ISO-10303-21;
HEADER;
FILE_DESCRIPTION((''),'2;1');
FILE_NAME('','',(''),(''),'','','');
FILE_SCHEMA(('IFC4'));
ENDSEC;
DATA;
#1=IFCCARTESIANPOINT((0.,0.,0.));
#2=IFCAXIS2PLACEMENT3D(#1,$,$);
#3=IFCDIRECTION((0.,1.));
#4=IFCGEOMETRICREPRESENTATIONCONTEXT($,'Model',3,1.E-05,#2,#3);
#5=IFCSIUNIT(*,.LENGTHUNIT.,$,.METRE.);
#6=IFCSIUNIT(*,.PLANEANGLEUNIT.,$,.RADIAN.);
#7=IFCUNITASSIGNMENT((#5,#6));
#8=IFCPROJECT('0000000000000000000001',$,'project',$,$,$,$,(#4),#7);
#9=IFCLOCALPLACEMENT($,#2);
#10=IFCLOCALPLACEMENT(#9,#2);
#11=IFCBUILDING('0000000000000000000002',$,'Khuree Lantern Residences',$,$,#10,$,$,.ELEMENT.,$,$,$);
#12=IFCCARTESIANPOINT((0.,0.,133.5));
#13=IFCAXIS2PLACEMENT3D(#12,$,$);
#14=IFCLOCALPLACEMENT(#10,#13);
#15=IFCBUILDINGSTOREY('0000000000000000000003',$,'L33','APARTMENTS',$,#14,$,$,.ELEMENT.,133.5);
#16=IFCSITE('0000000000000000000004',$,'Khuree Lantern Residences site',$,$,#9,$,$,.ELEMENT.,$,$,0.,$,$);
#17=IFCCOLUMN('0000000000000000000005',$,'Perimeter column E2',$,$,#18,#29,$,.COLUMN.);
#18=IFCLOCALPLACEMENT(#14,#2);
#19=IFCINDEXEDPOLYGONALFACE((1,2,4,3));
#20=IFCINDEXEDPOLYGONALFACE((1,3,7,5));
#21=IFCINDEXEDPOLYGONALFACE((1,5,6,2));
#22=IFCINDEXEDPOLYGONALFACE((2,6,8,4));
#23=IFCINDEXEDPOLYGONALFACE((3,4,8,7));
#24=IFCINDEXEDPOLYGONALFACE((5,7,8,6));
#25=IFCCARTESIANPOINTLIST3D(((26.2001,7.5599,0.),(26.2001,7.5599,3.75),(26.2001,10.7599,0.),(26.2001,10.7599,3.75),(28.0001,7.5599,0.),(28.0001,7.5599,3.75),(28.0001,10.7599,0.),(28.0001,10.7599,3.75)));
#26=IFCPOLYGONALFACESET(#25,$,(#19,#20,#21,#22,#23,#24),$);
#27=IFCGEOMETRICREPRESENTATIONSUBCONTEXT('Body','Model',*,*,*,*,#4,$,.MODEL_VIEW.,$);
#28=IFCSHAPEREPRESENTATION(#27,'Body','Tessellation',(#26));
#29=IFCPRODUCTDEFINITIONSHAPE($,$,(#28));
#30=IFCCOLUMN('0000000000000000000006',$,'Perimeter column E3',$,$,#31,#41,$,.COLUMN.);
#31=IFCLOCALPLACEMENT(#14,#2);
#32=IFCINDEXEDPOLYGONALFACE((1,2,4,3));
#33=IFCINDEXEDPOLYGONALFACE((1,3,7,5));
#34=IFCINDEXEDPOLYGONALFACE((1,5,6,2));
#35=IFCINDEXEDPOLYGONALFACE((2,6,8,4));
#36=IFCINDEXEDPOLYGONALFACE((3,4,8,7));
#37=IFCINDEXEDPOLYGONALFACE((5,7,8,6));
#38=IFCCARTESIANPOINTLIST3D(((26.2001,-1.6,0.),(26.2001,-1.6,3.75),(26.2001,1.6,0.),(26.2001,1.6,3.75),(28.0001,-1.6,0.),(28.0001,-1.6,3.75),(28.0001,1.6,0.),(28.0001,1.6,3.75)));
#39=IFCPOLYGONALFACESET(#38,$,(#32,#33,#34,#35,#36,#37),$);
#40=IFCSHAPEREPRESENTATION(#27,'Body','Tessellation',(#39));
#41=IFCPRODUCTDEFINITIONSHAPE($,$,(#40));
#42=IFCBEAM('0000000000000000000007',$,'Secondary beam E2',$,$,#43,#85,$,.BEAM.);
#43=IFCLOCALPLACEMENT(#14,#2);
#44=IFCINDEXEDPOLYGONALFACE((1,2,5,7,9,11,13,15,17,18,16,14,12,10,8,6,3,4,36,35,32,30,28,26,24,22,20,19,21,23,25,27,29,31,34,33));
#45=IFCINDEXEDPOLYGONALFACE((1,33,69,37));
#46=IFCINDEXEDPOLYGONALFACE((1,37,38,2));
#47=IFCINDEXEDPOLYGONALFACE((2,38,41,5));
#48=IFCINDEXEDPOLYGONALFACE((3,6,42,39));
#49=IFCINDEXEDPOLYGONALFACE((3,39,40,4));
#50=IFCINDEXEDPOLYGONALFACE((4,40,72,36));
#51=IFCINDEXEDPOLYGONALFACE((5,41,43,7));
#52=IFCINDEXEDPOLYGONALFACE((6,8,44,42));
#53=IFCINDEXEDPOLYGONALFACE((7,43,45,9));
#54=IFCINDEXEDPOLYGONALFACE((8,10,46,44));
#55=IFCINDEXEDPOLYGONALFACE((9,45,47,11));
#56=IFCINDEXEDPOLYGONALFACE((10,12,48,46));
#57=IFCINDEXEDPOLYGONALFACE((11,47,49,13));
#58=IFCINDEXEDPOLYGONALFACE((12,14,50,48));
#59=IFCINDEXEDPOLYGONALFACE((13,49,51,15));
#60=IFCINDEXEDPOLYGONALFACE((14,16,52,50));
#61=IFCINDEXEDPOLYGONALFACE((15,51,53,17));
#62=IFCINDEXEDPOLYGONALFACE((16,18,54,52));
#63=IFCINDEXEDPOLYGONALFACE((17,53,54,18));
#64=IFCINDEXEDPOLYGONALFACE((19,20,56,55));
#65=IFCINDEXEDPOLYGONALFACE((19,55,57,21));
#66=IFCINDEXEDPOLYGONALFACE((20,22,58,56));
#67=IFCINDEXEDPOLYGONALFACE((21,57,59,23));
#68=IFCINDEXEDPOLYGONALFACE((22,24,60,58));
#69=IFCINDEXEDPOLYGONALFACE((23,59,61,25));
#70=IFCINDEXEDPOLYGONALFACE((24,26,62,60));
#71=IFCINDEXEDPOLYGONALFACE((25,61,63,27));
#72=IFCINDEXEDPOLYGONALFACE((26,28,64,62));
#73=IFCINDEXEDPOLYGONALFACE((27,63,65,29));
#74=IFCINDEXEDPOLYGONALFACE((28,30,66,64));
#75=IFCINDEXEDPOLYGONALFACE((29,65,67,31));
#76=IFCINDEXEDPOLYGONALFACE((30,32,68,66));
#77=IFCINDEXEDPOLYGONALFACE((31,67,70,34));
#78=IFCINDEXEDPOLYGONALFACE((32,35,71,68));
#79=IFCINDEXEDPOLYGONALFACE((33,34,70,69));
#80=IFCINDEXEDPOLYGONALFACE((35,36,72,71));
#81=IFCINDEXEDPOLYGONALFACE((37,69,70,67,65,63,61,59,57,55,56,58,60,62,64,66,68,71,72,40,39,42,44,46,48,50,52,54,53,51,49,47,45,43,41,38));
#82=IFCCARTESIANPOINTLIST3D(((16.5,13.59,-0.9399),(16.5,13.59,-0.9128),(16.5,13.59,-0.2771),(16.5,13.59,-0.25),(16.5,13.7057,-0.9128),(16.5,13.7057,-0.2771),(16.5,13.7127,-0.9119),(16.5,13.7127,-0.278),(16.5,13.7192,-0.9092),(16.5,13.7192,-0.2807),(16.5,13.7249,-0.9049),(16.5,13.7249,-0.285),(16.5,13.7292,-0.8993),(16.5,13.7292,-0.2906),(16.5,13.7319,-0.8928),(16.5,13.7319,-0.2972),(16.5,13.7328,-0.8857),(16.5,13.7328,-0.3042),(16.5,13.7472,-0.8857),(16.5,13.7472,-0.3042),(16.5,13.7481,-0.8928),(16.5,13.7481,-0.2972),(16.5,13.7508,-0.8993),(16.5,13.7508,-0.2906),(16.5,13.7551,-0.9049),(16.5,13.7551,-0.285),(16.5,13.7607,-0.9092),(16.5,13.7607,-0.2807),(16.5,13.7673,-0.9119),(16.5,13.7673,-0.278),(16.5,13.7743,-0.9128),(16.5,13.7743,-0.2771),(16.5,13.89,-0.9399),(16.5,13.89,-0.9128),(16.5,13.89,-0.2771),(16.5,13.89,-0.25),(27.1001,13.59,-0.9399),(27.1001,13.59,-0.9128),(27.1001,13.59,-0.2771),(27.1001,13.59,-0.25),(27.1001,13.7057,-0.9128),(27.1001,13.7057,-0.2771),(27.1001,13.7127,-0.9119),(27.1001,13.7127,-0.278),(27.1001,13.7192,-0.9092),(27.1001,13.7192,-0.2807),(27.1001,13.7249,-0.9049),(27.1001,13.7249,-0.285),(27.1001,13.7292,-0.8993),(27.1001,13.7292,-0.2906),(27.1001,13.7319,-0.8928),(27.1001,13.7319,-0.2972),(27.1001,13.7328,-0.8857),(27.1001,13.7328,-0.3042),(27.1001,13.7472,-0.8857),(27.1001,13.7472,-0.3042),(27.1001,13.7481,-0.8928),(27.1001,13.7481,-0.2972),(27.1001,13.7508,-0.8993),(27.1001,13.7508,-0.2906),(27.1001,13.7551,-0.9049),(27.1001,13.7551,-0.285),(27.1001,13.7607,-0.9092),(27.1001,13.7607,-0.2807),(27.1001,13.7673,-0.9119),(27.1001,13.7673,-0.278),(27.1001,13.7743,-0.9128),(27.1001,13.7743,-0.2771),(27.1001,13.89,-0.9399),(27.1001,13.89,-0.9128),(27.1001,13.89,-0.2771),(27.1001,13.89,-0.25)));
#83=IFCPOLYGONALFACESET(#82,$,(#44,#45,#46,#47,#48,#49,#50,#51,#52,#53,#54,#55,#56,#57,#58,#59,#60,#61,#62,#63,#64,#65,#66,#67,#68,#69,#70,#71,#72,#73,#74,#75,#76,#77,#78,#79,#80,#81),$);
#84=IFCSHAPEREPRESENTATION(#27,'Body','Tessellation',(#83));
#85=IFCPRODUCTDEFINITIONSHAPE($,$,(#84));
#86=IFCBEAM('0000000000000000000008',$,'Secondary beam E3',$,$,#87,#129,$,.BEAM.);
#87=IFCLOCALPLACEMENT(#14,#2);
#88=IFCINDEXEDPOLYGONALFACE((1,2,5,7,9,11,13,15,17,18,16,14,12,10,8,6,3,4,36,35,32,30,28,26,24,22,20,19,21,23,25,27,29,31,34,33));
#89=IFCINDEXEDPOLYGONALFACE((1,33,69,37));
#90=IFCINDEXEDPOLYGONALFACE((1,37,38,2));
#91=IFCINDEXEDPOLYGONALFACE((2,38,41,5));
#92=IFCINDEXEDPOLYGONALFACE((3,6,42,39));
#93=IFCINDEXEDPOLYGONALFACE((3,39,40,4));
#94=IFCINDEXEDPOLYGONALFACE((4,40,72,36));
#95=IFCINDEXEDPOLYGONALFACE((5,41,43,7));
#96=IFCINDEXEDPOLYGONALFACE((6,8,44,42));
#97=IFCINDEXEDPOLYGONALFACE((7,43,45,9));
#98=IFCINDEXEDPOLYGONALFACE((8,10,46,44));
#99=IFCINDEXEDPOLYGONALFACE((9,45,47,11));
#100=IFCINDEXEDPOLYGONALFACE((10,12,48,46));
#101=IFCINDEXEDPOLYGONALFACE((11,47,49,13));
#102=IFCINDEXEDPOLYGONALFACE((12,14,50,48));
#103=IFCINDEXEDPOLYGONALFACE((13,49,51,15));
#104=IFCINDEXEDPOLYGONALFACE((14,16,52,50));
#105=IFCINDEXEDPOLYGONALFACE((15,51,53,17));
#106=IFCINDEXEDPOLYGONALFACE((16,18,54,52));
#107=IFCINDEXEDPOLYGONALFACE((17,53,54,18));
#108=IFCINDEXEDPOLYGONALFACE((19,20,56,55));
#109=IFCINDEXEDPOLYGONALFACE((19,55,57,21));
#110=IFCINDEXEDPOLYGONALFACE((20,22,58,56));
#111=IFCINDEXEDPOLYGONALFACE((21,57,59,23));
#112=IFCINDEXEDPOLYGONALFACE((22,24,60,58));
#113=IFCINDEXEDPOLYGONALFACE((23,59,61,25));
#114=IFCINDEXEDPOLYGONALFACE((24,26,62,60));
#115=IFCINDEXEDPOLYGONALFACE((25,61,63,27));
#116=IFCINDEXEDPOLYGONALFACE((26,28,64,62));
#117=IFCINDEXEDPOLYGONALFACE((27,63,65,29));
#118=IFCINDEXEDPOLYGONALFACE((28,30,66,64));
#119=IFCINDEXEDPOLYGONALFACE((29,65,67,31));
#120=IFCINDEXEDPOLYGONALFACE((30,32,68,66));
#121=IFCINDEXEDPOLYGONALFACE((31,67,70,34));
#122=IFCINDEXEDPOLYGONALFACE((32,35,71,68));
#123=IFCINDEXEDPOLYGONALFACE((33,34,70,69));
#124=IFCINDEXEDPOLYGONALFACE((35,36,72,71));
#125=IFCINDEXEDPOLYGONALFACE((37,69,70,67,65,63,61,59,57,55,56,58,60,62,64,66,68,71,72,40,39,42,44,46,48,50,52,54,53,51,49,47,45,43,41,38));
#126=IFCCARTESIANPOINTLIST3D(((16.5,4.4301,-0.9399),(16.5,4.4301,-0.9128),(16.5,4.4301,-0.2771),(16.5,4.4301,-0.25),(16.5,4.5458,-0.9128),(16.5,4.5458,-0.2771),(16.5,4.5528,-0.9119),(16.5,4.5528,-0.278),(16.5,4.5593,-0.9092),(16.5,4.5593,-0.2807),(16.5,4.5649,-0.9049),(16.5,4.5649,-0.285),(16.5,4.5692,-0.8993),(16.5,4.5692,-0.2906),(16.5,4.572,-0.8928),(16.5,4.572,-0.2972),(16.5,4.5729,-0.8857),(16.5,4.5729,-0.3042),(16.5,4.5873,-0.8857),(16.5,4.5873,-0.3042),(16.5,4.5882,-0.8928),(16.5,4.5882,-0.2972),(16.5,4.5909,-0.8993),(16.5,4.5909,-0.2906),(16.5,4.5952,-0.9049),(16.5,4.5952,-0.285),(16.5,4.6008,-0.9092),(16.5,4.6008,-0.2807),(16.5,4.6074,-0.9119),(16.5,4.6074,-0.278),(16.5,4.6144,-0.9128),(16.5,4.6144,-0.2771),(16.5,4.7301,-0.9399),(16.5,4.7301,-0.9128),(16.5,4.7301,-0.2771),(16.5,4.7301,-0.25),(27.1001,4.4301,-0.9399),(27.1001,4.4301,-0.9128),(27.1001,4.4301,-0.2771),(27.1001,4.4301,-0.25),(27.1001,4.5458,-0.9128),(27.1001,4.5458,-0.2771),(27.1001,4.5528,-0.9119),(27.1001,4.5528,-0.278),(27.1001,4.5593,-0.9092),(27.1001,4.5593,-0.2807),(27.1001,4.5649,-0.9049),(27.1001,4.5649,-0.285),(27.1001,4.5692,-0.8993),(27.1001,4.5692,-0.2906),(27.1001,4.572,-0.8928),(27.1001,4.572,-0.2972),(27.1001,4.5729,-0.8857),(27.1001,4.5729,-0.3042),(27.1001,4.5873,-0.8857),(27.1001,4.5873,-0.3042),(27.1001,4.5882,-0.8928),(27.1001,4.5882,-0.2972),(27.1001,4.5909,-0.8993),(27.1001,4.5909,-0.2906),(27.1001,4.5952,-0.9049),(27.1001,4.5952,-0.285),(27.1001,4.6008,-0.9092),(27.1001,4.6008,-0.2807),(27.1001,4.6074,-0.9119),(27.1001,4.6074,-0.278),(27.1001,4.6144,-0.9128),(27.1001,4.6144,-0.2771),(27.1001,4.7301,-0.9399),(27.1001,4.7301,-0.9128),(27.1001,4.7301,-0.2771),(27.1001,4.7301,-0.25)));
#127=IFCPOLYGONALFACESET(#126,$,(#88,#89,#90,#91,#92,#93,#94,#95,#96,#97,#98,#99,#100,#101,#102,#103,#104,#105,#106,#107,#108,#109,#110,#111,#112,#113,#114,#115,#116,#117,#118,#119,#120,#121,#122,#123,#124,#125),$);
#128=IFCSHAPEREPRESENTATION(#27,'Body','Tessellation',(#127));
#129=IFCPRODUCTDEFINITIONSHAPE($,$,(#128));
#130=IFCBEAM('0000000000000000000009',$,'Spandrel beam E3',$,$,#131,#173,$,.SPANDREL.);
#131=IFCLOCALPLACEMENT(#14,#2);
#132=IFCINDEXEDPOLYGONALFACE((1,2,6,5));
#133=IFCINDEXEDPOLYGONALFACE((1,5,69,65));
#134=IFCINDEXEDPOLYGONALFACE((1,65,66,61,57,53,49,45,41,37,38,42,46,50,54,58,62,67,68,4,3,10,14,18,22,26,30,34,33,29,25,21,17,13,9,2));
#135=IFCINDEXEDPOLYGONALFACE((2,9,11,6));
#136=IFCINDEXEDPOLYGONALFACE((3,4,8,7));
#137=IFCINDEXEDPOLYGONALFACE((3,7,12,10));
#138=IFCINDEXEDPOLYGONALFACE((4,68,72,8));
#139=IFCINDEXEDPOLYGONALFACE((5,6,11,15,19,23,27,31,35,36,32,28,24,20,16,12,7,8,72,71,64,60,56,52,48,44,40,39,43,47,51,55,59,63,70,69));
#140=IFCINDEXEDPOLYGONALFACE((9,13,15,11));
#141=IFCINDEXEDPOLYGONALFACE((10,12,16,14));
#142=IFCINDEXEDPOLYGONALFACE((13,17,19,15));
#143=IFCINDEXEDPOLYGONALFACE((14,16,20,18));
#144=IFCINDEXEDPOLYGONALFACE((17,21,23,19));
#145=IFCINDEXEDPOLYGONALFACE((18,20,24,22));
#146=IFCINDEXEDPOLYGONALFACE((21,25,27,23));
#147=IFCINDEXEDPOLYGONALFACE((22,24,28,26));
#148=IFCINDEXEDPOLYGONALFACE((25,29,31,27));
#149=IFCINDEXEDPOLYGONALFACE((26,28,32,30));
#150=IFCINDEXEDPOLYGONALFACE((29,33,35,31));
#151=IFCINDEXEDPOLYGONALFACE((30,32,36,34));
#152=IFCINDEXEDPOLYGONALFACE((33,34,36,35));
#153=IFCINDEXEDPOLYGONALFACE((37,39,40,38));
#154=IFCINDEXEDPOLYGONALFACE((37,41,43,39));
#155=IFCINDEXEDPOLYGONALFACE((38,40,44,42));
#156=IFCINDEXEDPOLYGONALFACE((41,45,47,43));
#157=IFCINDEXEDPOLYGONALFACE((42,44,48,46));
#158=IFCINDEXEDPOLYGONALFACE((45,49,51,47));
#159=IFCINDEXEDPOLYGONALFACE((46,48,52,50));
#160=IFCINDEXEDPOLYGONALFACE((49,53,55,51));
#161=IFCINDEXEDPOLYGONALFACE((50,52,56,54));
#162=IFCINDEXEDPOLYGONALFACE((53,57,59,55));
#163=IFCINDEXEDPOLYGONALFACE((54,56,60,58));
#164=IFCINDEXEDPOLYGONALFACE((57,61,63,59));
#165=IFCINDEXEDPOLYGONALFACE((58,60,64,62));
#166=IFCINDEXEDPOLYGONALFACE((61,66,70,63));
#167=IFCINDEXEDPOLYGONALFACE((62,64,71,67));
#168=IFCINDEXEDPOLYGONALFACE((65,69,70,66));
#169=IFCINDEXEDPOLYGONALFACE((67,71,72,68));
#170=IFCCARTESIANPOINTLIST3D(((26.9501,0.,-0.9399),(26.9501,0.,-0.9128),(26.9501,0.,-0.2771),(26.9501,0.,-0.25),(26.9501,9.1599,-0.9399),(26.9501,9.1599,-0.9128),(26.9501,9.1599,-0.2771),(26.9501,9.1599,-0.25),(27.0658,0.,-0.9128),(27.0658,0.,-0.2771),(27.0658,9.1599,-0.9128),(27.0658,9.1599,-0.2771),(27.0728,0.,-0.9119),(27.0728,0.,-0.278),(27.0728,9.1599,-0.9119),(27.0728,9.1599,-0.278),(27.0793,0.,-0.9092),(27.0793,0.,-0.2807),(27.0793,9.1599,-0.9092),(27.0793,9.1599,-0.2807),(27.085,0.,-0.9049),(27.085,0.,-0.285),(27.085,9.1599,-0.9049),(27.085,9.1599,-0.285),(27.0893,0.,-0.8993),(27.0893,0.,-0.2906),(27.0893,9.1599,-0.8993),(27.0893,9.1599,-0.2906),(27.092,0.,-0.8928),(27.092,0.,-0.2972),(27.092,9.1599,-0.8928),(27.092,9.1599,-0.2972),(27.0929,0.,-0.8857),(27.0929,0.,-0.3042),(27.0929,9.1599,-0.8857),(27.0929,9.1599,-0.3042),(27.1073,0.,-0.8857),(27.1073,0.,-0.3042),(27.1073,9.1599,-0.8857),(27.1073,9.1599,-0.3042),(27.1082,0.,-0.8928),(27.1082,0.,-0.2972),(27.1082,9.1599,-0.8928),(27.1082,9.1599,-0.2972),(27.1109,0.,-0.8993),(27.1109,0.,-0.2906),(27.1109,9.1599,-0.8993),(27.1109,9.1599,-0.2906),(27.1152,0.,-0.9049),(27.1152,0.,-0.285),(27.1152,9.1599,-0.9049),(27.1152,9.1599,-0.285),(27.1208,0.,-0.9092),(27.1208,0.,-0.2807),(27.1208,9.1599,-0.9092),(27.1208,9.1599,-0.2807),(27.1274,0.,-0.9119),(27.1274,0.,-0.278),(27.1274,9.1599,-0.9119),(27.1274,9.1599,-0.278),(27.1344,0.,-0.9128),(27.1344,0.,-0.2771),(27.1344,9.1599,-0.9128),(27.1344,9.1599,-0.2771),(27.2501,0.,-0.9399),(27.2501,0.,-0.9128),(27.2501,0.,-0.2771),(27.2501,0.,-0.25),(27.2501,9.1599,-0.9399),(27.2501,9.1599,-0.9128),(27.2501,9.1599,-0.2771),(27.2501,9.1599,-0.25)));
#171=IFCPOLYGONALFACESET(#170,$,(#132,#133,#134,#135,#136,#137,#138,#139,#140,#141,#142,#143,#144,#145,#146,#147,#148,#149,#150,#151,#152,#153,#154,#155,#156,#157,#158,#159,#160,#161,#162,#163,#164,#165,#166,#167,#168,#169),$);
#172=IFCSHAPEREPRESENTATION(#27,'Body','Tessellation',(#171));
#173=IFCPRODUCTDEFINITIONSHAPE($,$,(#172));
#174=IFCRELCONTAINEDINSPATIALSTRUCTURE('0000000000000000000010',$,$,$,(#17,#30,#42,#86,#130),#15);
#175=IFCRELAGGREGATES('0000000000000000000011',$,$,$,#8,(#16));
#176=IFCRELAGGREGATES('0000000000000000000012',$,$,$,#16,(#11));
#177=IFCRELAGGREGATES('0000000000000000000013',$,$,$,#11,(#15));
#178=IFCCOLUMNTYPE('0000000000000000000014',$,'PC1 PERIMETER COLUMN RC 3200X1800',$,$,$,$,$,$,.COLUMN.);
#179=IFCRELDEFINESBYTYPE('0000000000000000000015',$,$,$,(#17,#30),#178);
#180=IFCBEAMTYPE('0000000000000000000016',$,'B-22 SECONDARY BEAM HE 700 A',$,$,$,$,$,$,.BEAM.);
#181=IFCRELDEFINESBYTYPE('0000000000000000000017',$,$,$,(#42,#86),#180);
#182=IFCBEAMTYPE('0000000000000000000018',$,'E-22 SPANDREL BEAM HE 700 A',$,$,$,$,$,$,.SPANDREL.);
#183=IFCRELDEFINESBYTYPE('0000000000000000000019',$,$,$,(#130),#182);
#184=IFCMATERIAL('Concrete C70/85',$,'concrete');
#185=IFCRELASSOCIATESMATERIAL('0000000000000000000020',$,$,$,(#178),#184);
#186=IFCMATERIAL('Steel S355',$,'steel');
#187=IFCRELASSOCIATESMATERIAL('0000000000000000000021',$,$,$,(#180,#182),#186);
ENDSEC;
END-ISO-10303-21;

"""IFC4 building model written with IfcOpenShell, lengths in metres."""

from ifc_helpers import new_model, si_unit, direction, frame, origin, origin_2d, place, context, subcontext, project, spatial, rectangle, i_section, extrude, material, material_profile, profile_set, type_object, element, save


model = new_model("IFC4")

# Units and contexts
model_context = context("Model", 3, precision=1e-05, world=origin(), true_north=direction((0.0, 1.0)))
body_context = subcontext(model_context, "Body", "Model", "MODEL_VIEW")
ifc_project = project(units=[si_unit("LENGTHUNIT", "METRE"), si_unit("PLANEANGLEUNIT", "RADIAN")], contexts=[model_context])

# Site, building, storey
site_placement = place(None, origin())
site = spatial("IfcSite", under=ifc_project, at=site_placement, Name="Khuree Lantern Residences site", CompositionType="ELEMENT", RefElevation=0.0)
building_placement = place(site_placement, origin())
building = spatial("IfcBuilding", under=site, at=building_placement, Name="Khuree Lantern Residences", CompositionType="ELEMENT")
storey_placement = place(building_placement, frame((0.0, 0.0, 133.5)))
storey = spatial("IfcBuildingStorey", under=building, at=storey_placement, Name="L33", Description="APARTMENTS", CompositionType="ELEMENT", Elevation=133.5)

# Columns
ifc_material_1 = material(Name="Concrete C70/85", Category="concrete")
ifc_material_profile_1 = material_profile(ifc_material_1, rectangle(XDim=3.2, YDim=1.8, at=origin_2d()), Name="RC 3200X1800")
ifc_profile_set_1 = profile_set([ifc_material_profile_1], Name="Concrete C70/85")
column_type = type_object("IfcColumnType", Name="PC1 PERIMETER COLUMN RC 3200X1800", PredefinedType="COLUMN", material=ifc_profile_set_1)
for number, where, z_axis, x_axis, name in (
    (1, (27.1001, 9.1599, 0.0), (0.0, 0.0, 1.0), (0.0, 1.0, 0.0), "Perimeter column E2"),
    (2, (27.1001, 0.0, 0.0), (0.0, 0.0, 1.0), (0.0, 1.0, 0.0), "Perimeter column E3"),
):
    element("IfcColumn", number, at=place(storey_placement, frame(where, z_axis=z_axis, x_axis=x_axis)), inside=storey, type_object=column_type, Name=name, PredefinedType="COLUMN", context=body_context, shape_type="SweptSolid", body=[
        extrude(rectangle(XDim=3.2, YDim=1.8, at=origin_2d()), origin(), (0.0, 0.0, 1.0), 3.75),
    ])

# Beams
ifc_material_2 = material(Name="Steel S355", Category="steel")
ifc_material_profile_2 = material_profile(ifc_material_2, i_section(OverallWidth=0.3, OverallDepth=0.6899, WebThickness=0.0144, FlangeThickness=0.0271, FilletRadius=0.0271, at=origin_2d()), Name="HE 700 A")
ifc_profile_set_2 = profile_set([ifc_material_profile_2], Name="Steel S355")
beam_type_1 = type_object("IfcBeamType", Name="B-22 SECONDARY BEAM HE 700 A", PredefinedType="BEAM", material=ifc_profile_set_2)
for number, where, z_axis, x_axis, name in (
    (3, (27.1001, 13.74, -0.595), (-1.0, 0.0, 0.0), (0.0, -1.0, 0.0), "Secondary beam E2"),
    (4, (27.1001, 4.5801, -0.595), (-1.0, 0.0, 0.0), (0.0, -1.0, 0.0), "Secondary beam E3"),
):
    element("IfcBeam", number, at=place(storey_placement, frame(where, z_axis=z_axis, x_axis=x_axis)), inside=storey, type_object=beam_type_1, Name=name, PredefinedType="BEAM", context=body_context, shape_type="SweptSolid", body=[
        extrude(i_section(OverallWidth=0.3, OverallDepth=0.6899, WebThickness=0.0144, FlangeThickness=0.0271, FilletRadius=0.0271, at=origin_2d()), origin(), (0.0, 0.0, 1.0), 10.6001),
    ])
ifc_material_profile_3 = material_profile(ifc_material_2, i_section(OverallWidth=0.3, OverallDepth=0.6899, WebThickness=0.0144, FlangeThickness=0.0271, FilletRadius=0.0271, at=origin_2d()), Name="HE 700 A")
ifc_profile_set_3 = profile_set([ifc_material_profile_3], Name="Steel S355")
beam_type_2 = type_object("IfcBeamType", Name="E-22 SPANDREL BEAM HE 700 A", PredefinedType="SPANDREL", material=ifc_profile_set_3)
for number, where, z_axis, x_axis, name in (
    (5, (27.1001, 9.1599, -0.595), (0.0, -1.0, 0.0), (1.0, 0.0, 0.0), "Spandrel beam E3"),
):
    element("IfcBeam", number, at=place(storey_placement, frame(where, z_axis=z_axis, x_axis=x_axis)), inside=storey, type_object=beam_type_2, Name=name, PredefinedType="SPANDREL", context=body_context, shape_type="SweptSolid", body=[
        extrude(i_section(OverallWidth=0.3, OverallDepth=0.6899, WebThickness=0.0144, FlangeThickness=0.0271, FilletRadius=0.0271, at=origin_2d()), origin(), (0.0, 0.0, 1.0), 9.1599),
    ])

save(model, "model.ifc")
